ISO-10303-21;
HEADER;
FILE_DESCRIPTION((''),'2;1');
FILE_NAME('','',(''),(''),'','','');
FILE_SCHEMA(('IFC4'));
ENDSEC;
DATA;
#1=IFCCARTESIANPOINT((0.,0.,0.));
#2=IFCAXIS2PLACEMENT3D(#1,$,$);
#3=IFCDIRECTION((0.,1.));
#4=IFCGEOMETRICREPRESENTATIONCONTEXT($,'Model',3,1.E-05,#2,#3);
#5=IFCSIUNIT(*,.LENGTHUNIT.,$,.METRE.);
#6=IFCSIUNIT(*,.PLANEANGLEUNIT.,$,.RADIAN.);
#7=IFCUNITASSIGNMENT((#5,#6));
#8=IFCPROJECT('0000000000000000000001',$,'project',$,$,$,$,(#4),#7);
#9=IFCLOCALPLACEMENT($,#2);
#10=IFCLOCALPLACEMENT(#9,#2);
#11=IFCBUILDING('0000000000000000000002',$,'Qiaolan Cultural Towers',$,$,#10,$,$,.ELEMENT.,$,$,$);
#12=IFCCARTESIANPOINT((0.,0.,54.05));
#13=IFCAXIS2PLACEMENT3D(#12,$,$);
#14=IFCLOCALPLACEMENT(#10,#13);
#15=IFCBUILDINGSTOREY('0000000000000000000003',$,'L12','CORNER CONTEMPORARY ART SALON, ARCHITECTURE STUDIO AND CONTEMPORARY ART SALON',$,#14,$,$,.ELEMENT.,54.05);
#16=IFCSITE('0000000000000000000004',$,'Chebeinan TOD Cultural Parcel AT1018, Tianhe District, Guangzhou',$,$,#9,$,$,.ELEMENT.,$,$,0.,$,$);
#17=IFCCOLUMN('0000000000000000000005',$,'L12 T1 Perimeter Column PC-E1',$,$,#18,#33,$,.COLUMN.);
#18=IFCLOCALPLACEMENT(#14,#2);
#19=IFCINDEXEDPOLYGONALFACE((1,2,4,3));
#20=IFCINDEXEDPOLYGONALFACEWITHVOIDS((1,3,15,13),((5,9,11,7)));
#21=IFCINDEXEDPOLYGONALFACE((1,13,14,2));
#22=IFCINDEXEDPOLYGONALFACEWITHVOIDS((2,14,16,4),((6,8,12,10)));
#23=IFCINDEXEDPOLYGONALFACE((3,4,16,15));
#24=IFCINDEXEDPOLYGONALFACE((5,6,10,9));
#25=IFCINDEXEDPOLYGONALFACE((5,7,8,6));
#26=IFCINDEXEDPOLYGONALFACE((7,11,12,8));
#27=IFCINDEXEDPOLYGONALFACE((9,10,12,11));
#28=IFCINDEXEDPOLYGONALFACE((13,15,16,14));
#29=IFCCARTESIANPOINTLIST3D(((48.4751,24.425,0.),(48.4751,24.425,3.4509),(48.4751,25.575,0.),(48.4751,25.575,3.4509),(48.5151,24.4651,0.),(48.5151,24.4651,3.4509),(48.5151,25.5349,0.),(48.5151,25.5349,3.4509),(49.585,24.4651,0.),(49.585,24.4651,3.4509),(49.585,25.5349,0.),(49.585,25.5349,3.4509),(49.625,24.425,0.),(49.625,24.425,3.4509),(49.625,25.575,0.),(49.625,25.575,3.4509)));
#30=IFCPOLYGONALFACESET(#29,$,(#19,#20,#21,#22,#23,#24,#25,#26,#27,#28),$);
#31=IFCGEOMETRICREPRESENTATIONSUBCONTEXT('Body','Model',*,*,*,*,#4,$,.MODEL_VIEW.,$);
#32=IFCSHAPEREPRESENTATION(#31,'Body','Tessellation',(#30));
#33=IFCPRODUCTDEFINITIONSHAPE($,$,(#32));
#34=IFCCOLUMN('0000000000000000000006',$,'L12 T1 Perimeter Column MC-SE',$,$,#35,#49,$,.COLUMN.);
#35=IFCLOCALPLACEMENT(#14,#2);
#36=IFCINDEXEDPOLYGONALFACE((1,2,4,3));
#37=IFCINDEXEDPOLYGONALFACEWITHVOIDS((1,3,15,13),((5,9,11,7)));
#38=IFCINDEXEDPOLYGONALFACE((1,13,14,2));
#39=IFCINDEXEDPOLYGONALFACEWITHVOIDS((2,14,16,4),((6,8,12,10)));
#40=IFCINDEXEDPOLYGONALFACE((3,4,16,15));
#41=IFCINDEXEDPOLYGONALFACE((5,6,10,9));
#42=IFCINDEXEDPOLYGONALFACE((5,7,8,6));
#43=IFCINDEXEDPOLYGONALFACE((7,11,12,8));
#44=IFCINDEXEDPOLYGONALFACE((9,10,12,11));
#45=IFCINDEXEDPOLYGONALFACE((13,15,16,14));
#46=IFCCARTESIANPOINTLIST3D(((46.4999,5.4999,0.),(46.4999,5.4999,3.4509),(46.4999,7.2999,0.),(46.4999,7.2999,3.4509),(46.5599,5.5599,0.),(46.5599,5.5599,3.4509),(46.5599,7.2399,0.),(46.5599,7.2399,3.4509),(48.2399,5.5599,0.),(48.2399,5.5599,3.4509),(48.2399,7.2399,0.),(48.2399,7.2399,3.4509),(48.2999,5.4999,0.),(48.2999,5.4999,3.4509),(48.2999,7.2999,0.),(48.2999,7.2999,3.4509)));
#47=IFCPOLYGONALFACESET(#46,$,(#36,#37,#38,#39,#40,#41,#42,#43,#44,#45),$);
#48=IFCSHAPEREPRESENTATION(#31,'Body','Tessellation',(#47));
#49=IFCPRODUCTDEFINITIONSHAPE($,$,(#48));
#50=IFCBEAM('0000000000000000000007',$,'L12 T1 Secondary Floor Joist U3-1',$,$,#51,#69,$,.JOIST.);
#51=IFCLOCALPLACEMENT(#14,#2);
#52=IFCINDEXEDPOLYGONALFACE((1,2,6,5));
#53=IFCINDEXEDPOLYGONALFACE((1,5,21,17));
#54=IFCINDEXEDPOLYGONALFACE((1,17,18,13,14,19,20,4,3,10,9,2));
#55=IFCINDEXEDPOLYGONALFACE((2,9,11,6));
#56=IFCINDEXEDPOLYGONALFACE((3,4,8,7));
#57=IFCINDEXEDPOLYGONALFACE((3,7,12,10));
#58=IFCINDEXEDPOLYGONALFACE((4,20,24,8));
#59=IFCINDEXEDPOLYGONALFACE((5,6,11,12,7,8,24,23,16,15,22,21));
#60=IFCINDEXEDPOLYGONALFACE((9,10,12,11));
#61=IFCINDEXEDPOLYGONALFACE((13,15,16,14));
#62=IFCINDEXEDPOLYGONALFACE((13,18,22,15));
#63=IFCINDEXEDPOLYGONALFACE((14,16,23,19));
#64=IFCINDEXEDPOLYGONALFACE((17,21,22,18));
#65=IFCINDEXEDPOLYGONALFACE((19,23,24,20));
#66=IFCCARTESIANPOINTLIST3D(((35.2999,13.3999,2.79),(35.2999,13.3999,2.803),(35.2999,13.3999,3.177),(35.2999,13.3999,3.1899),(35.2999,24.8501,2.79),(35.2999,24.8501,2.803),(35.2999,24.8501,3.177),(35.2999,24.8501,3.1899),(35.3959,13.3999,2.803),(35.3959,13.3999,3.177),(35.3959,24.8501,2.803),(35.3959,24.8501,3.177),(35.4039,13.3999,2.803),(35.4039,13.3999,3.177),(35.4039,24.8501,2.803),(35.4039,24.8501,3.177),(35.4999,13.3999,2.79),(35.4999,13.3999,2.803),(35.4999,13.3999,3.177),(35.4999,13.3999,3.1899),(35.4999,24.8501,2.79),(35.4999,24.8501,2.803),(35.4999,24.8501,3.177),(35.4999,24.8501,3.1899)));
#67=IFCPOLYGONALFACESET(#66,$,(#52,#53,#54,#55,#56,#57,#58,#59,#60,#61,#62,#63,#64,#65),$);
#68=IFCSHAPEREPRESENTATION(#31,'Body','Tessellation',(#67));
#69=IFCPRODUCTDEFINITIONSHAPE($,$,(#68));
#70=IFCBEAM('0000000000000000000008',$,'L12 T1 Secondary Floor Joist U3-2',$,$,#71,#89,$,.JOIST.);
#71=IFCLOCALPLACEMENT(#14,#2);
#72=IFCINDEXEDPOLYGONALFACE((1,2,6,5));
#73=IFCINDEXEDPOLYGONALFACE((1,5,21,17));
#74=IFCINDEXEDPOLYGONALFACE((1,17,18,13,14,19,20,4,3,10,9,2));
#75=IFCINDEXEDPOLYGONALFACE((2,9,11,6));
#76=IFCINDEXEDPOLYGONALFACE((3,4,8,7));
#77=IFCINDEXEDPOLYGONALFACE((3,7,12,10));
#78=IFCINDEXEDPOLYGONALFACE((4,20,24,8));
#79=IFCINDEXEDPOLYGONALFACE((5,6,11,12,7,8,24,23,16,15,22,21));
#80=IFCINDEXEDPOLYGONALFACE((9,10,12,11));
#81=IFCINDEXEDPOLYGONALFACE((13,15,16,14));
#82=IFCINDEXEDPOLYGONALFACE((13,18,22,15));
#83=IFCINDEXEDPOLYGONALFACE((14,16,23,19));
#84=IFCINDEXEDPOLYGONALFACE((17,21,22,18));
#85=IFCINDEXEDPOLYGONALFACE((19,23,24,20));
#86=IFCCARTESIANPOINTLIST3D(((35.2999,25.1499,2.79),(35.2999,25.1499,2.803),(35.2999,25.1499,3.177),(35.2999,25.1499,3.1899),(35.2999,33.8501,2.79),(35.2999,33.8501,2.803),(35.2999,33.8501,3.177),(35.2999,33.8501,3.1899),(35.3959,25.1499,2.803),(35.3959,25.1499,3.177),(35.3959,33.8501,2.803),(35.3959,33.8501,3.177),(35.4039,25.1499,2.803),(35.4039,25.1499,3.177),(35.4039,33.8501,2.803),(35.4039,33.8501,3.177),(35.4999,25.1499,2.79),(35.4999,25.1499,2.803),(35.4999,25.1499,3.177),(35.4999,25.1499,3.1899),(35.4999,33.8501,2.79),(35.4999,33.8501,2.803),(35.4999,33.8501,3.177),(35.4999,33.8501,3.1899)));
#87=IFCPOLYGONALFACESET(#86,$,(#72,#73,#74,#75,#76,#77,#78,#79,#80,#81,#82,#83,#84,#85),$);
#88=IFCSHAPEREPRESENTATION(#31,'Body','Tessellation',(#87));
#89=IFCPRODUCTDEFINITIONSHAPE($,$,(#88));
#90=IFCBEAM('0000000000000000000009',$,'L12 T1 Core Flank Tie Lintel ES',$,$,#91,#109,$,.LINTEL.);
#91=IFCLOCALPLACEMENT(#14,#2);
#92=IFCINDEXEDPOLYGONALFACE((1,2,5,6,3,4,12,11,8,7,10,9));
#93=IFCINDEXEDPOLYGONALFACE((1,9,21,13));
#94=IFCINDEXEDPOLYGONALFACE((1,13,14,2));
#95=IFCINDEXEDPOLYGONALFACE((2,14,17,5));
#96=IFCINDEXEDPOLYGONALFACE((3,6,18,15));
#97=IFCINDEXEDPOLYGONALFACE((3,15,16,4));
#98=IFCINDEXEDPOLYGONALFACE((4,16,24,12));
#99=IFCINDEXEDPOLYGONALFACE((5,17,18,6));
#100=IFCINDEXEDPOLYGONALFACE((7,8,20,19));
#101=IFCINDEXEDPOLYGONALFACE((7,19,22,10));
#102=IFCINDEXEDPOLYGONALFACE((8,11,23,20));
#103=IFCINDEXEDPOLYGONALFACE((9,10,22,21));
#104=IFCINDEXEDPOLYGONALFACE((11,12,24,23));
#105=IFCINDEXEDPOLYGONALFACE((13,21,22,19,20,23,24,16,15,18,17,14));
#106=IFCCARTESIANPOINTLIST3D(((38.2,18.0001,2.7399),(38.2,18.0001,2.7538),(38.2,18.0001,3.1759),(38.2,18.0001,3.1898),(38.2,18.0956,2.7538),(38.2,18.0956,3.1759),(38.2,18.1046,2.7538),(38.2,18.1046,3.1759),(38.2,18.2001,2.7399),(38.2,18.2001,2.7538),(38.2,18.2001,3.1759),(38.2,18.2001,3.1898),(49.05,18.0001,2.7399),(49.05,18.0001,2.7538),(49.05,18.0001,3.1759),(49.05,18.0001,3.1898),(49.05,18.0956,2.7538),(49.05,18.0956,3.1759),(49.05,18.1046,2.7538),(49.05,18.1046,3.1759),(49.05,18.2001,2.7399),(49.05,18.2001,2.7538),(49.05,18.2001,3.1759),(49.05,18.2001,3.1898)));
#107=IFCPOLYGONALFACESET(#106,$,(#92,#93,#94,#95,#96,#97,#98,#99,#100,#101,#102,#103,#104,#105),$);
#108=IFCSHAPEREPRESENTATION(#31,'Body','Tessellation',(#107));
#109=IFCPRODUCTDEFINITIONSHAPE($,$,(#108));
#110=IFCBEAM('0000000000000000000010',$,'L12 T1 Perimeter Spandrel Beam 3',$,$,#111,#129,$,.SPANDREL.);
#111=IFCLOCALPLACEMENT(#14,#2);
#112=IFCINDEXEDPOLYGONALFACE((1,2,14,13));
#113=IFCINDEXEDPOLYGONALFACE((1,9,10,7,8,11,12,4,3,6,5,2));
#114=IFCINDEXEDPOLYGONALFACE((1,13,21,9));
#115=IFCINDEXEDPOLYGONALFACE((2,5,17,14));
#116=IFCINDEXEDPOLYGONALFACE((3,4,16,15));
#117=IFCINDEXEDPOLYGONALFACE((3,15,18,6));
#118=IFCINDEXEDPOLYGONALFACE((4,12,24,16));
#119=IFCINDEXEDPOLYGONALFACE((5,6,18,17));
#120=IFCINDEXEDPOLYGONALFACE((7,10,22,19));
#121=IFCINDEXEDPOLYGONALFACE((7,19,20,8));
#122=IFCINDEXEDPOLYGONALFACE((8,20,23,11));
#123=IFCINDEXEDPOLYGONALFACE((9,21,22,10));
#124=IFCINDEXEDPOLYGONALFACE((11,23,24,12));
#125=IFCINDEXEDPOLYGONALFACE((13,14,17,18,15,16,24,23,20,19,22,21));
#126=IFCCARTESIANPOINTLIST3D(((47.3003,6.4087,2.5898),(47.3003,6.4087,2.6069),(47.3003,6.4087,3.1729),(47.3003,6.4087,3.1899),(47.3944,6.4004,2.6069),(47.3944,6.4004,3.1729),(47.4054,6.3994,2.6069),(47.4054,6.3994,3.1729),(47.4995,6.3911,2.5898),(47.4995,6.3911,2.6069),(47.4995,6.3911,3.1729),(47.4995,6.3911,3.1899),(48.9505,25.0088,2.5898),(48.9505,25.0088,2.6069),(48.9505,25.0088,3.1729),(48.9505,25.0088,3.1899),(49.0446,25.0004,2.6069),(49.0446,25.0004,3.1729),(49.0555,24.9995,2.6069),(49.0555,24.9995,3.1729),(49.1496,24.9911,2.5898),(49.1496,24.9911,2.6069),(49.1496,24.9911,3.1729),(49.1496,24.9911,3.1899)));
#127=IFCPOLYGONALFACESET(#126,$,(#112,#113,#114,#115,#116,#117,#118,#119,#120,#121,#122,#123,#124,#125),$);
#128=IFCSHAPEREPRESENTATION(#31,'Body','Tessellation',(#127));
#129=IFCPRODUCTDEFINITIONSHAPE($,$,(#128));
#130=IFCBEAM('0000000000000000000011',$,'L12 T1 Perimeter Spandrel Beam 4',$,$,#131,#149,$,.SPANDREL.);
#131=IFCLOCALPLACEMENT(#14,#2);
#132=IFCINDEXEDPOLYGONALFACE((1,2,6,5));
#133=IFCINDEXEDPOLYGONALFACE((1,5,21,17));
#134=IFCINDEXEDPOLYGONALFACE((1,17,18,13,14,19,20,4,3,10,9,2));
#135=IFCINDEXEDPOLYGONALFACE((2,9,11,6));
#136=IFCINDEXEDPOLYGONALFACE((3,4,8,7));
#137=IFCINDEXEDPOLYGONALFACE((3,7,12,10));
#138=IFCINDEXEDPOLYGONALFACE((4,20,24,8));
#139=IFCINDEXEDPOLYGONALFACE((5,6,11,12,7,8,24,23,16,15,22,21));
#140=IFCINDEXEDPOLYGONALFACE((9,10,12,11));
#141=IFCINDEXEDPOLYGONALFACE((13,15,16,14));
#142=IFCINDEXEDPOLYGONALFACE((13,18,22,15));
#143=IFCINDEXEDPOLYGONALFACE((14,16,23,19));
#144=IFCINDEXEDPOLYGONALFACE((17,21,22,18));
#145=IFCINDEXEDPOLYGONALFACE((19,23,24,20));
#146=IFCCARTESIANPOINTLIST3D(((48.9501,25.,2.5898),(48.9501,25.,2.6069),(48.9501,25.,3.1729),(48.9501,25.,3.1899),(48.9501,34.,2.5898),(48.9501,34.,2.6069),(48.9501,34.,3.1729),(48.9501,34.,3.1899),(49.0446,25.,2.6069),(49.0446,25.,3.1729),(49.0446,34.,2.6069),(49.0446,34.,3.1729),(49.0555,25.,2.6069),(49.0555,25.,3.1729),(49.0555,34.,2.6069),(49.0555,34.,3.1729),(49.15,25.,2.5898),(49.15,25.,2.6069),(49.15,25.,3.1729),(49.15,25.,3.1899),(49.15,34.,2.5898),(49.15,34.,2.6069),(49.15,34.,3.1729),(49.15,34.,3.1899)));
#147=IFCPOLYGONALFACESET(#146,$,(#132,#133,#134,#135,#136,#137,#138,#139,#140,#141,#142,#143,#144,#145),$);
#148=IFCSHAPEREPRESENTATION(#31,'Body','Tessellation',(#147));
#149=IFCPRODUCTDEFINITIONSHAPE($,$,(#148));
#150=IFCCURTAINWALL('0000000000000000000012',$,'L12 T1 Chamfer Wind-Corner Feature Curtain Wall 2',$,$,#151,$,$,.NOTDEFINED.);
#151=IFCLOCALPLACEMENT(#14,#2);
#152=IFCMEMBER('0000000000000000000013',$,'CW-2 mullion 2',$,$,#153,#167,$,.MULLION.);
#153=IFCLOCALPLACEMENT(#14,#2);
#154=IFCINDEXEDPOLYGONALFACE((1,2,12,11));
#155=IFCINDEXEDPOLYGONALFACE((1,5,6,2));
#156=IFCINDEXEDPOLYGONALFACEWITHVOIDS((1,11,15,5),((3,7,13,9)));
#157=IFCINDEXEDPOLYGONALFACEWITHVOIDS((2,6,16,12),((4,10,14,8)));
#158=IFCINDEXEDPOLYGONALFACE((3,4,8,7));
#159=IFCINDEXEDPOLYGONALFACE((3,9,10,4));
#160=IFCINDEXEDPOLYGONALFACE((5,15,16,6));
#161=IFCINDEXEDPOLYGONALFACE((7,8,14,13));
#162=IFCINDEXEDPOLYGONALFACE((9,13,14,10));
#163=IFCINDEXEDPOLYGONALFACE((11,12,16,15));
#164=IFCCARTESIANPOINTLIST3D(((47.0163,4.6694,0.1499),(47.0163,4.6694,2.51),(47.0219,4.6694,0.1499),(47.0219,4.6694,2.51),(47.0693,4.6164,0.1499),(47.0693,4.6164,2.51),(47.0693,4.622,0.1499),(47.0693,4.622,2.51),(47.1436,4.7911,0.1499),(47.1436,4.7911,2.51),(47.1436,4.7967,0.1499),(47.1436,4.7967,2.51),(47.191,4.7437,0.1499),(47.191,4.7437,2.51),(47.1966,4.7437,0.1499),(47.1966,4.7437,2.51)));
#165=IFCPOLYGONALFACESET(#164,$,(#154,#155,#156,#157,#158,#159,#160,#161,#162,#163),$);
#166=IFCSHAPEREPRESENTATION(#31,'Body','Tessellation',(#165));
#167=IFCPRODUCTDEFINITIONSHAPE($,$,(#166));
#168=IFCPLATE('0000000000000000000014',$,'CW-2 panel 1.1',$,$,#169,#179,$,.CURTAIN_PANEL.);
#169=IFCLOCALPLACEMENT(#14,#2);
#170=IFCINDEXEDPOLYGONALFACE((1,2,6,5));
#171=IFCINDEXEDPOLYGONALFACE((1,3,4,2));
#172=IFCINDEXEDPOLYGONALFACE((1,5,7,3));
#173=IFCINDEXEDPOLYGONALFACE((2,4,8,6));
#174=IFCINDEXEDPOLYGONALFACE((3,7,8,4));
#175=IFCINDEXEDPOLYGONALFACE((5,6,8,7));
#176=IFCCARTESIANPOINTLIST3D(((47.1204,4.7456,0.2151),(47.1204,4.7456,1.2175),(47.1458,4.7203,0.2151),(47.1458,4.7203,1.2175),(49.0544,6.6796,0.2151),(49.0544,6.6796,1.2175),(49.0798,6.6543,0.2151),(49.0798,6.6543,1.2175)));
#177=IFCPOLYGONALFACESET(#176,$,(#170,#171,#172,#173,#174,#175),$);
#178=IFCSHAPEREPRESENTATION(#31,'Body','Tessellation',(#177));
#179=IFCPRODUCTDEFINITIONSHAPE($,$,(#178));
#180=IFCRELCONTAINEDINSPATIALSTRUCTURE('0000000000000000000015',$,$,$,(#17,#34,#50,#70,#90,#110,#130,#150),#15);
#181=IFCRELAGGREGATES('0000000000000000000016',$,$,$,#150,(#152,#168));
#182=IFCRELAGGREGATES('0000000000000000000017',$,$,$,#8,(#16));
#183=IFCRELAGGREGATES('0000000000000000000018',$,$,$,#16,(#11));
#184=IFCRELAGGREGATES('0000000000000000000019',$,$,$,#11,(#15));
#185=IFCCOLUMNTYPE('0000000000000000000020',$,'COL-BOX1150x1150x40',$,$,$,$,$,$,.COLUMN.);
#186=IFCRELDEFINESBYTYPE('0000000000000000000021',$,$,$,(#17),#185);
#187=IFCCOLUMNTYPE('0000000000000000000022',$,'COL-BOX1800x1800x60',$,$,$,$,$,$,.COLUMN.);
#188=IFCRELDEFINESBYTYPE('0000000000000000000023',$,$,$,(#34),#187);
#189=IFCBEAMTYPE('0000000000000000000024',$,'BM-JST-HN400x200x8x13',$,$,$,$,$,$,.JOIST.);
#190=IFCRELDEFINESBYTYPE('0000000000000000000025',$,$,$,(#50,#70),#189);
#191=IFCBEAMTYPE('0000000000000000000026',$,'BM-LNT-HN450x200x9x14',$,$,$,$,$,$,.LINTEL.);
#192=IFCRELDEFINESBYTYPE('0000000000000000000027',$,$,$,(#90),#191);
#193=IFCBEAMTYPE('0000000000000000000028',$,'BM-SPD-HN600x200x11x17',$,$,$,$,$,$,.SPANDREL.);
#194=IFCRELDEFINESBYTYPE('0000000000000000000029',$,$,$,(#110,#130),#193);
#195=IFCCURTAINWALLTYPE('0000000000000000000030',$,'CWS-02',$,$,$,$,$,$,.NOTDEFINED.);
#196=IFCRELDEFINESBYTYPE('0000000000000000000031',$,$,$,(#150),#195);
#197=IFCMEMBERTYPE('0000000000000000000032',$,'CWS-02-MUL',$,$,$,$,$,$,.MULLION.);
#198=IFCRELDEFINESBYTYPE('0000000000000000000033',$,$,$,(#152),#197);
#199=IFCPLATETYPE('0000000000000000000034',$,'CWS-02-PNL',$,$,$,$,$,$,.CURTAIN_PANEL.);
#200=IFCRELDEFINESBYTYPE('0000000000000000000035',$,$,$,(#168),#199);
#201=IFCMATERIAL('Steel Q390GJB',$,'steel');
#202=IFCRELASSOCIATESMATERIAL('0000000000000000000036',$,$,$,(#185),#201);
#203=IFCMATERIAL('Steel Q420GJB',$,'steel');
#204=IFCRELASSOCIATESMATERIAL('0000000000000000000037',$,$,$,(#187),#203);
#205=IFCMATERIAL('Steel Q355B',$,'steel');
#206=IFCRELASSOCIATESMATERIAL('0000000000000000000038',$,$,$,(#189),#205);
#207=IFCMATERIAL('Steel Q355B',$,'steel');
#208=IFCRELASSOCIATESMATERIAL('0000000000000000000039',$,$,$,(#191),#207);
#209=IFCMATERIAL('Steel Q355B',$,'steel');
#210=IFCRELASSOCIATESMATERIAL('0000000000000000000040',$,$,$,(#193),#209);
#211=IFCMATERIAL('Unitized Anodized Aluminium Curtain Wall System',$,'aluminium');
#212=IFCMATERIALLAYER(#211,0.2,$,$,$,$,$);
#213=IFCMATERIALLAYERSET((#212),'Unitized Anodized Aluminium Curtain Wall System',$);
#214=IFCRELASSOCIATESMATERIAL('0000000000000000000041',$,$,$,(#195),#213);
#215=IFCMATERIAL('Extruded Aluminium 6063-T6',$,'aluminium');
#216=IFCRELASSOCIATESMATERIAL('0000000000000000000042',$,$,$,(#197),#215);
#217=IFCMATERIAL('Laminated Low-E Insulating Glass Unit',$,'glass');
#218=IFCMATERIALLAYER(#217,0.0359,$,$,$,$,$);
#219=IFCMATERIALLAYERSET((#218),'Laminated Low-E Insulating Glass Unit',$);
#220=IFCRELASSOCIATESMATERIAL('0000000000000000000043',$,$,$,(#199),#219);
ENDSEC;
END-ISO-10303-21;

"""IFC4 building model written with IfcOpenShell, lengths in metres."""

from ifc_helpers import new_model, si_unit, direction, frame, origin, origin_2d, place, context, subcontext, project, spatial, rectangle, hollow_rectangle, i_section, extrude, material, layer, layer_set, material_profile, profile_set, type_object, element, aggregate, save


model = new_model("IFC4")

# Units and contexts
model_context = context("Model", 3, precision=1e-05, world=origin(), true_north=direction((0.0, 1.0)))
body_context = subcontext(model_context, "Body", "Model", "MODEL_VIEW")
ifc_project = project(units=[si_unit("LENGTHUNIT", "METRE"), si_unit("PLANEANGLEUNIT", "RADIAN")], contexts=[model_context])

# Site, building, storey
site_placement = place(None, origin())
site = spatial("IfcSite", under=ifc_project, at=site_placement, Name="Chebeinan TOD Cultural Parcel AT1018, Tianhe District, Guangzhou", CompositionType="ELEMENT", RefElevation=0.0)
building_placement = place(site_placement, origin())
building = spatial("IfcBuilding", under=site, at=building_placement, Name="Qiaolan Cultural Towers", CompositionType="ELEMENT")
storey_placement = place(building_placement, frame((0.0, 0.0, 54.05)))
storey = spatial("IfcBuildingStorey", under=building, at=storey_placement, Name="L12", Description="CORNER CONTEMPORARY ART SALON, ARCHITECTURE STUDIO AND CONTEMPORARY ART SALON", CompositionType="ELEMENT", Elevation=54.05)

# Columns
ifc_material_1 = material(Name="Steel Q390GJB", Category="steel")
ifc_material_profile_1 = material_profile(ifc_material_1, hollow_rectangle(XDim=1.1499, YDim=1.1499, WallThickness=0.04, at=origin_2d()), Name="BOX1150x1150x40")
ifc_profile_set_1 = profile_set([ifc_material_profile_1], Name="Steel Q390GJB")
column_type_1 = type_object("IfcColumnType", Name="COL-BOX1150x1150x40", PredefinedType="COLUMN", material=ifc_profile_set_1)
column_1_placement = place(storey_placement, frame((49.05, 25.0, 0.0), z_axis=(0.0, 0.0, 1.0), x_axis=(1.0, 0.0, 0.0)))
element("IfcColumn", 1, at=column_1_placement, inside=storey, type_object=column_type_1, Name="L12 T1 Perimeter Column PC-E1", PredefinedType="COLUMN", context=body_context, shape_type="SweptSolid", body=[
    extrude(hollow_rectangle(XDim=1.1499, YDim=1.1499, WallThickness=0.04, at=origin_2d()), origin(), (0.0, 0.0, 1.0), 3.4509),
])
ifc_material_2 = material(Name="Steel Q420GJB", Category="steel")
ifc_material_profile_2 = material_profile(ifc_material_2, hollow_rectangle(XDim=1.8, YDim=1.8, WallThickness=0.0601, at=origin_2d()), Name="BOX1800x1800x60")
ifc_profile_set_2 = profile_set([ifc_material_profile_2], Name="Steel Q420GJB")
column_type_2 = type_object("IfcColumnType", Name="COL-BOX1800x1800x60", PredefinedType="COLUMN", material=ifc_profile_set_2)
column_2_placement = place(storey_placement, frame((47.3999, 6.3999, 0.0), z_axis=(0.0, 0.0, 1.0), x_axis=(1.0, 0.0, 0.0)))
element("IfcColumn", 2, at=column_2_placement, inside=storey, type_object=column_type_2, Name="L12 T1 Perimeter Column MC-SE", PredefinedType="COLUMN", context=body_context, shape_type="SweptSolid", body=[
    extrude(hollow_rectangle(XDim=1.8, YDim=1.8, WallThickness=0.0601, at=origin_2d()), origin(), (0.0, 0.0, 1.0), 3.4509),
])

# Beams
ifc_material_3 = material(Name="Steel Q355B", Category="steel")
ifc_material_profile_3 = material_profile(ifc_material_3, i_section(OverallWidth=0.2, OverallDepth=0.3999, WebThickness=0.0081, FlangeThickness=0.0129, at=origin_2d()), Name="HN400x200x8x13")
ifc_profile_set_3 = profile_set([ifc_material_profile_3], Name="Steel Q355B")
beam_type_1 = type_object("IfcBeamType", Name="BM-JST-HN400x200x8x13", PredefinedType="JOIST", material=ifc_profile_set_3)
beam_1_placement = place(storey_placement, frame((35.3999, 13.3999, 2.99), z_axis=(0.0, 1.0, 0.0), x_axis=(-1.0, 0.0, 0.0)))
element("IfcBeam", 3, at=beam_1_placement, inside=storey, type_object=beam_type_1, Name="L12 T1 Secondary Floor Joist U3-1", PredefinedType="JOIST", context=body_context, shape_type="SweptSolid", body=[
    extrude(i_section(OverallWidth=0.2, OverallDepth=0.3999, WebThickness=0.0081, FlangeThickness=0.0129, at=origin_2d()), origin(), (0.0, 0.0, 1.0), 11.4502),
])
beam_2_placement = place(storey_placement, frame((35.3999, 25.1499, 2.99), z_axis=(0.0, 1.0, 0.0), x_axis=(-1.0, 0.0, 0.0)))
element("IfcBeam", 4, at=beam_2_placement, inside=storey, type_object=beam_type_1, Name="L12 T1 Secondary Floor Joist U3-2", PredefinedType="JOIST", context=body_context, shape_type="SweptSolid", body=[
    extrude(i_section(OverallWidth=0.2, OverallDepth=0.3999, WebThickness=0.0081, FlangeThickness=0.0129, at=origin_2d()), origin(), (0.0, 0.0, 1.0), 8.7002),
])
ifc_material_4 = material(Name="Steel Q355B", Category="steel")
ifc_material_profile_4 = material_profile(ifc_material_4, i_section(OverallWidth=0.2, OverallDepth=0.45, WebThickness=0.009, FlangeThickness=0.0139, at=origin_2d()), Name="HN450x200x9x14")
ifc_profile_set_4 = profile_set([ifc_material_profile_4], Name="Steel Q355B")
beam_type_2 = type_object("IfcBeamType", Name="BM-LNT-HN450x200x9x14", PredefinedType="LINTEL", material=ifc_profile_set_4)
beam_3_placement = place(storey_placement, frame((38.2, 18.1001, 2.9648), z_axis=(1.0, 0.0, 0.0), x_axis=(0.0, 1.0, 0.0)))
element("IfcBeam", 5, at=beam_3_placement, inside=storey, type_object=beam_type_2, Name="L12 T1 Core Flank Tie Lintel ES", PredefinedType="LINTEL", context=body_context, shape_type="SweptSolid", body=[
    extrude(i_section(OverallWidth=0.2, OverallDepth=0.45, WebThickness=0.009, FlangeThickness=0.0139, at=origin_2d()), origin(), (0.0, 0.0, 1.0), 10.8501),
])
ifc_material_5 = material(Name="Steel Q355B", Category="steel")
ifc_material_profile_5 = material_profile(ifc_material_5, i_section(OverallWidth=0.2, OverallDepth=0.6001, WebThickness=0.011, FlangeThickness=0.0171, at=origin_2d()), Name="HN600x200x11x17")
ifc_profile_set_5 = profile_set([ifc_material_profile_5], Name="Steel Q355B")
beam_type_3 = type_object("IfcBeamType", Name="BM-SPD-HN600x200x11x17", PredefinedType="SPANDREL", material=ifc_profile_set_5)
beam_4_placement = place(storey_placement, frame((47.3999, 6.3999, 2.8899), z_axis=(0.08837, 0.996088, 0.0), x_axis=(-0.996088, 0.08837, 0.0)))
element("IfcBeam", 6, at=beam_4_placement, inside=storey, type_object=beam_type_3, Name="L12 T1 Perimeter Spandrel Beam 3", PredefinedType="SPANDREL", context=body_context, shape_type="SweptSolid", body=[
    extrude(i_section(OverallWidth=0.2, OverallDepth=0.6001, WebThickness=0.011, FlangeThickness=0.0171, at=origin_2d()), origin(), (0.0, 0.0, 1.0), 18.6731),
])
beam_5_placement = place(storey_placement, frame((49.05, 25.0, 2.8899), z_axis=(0.0, 1.0, 0.0), x_axis=(-1.0, 0.0, 0.0)))
element("IfcBeam", 7, at=beam_5_placement, inside=storey, type_object=beam_type_3, Name="L12 T1 Perimeter Spandrel Beam 4", PredefinedType="SPANDREL", context=body_context, shape_type="SweptSolid", body=[
    extrude(i_section(OverallWidth=0.2, OverallDepth=0.6001, WebThickness=0.011, FlangeThickness=0.0171, at=origin_2d()), origin(), (0.0, 0.0, 1.0), 9.0),
])

# Curtain wall, member, plate
ifc_material_6 = material(Name="Unitized Anodized Aluminium Curtain Wall System", Category="aluminium")
ifc_layer_1 = layer(ifc_material_6, 0.2)
ifc_layer_set_1 = layer_set([ifc_layer_1], Name="Unitized Anodized Aluminium Curtain Wall System")
curtain_wall_type = type_object("IfcCurtainWallType", Name="CWS-02", PredefinedType="NOTDEFINED", material=ifc_layer_set_1)
curtain_wall_placement = place(storey_placement, origin())
curtain_wall = element("IfcCurtainWall", 8, at=curtain_wall_placement, inside=storey, type_object=curtain_wall_type, Name="L12 T1 Chamfer Wind-Corner Feature Curtain Wall 2", PredefinedType="NOTDEFINED")
ifc_material_7 = material(Name="Extruded Aluminium 6063-T6", Category="aluminium")
ifc_material_profile_6 = material_profile(ifc_material_7, hollow_rectangle(XDim=0.075, YDim=0.1799, WallThickness=0.0039, at=origin_2d()), Name="CWM-180x75x4")
ifc_profile_set_6 = profile_set([ifc_material_profile_6], Name="Extruded Aluminium 6063-T6")
member_type = type_object("IfcMemberType", Name="CWS-02-MUL", PredefinedType="MULLION", material=ifc_profile_set_6)
member_placement = place(storey_placement, frame((47.1064, 4.7065, 0.1499), z_axis=(0.0, 0.0, 1.0), x_axis=(0.707107, -0.707107, 0.0)))
member = element("IfcMember", 9, at=member_placement, type_object=member_type, Name="CW-2 mullion 2", PredefinedType="MULLION", context=body_context, shape_type="SweptSolid", body=[
    extrude(hollow_rectangle(XDim=0.075, YDim=0.1799, WallThickness=0.0039, at=origin_2d()), origin(), (0.0, 0.0, 1.0), 2.3601),
])
ifc_material_8 = material(Name="Laminated Low-E Insulating Glass Unit", Category="glass")
ifc_layer_2 = layer(ifc_material_8, 0.0359)
ifc_layer_set_2 = layer_set([ifc_layer_2], Name="Laminated Low-E Insulating Glass Unit")
plate_type = type_object("IfcPlateType", Name="CWS-02-PNL", PredefinedType="CURTAIN_PANEL", material=ifc_layer_set_2)
plate_1_placement = place(storey_placement, frame((48.1001, 5.7, 0.2151), z_axis=(0.0, 0.0, 1.0), x_axis=(-0.707107, -0.707107, 0.0)))
plate_1 = element("IfcPlate", 10, at=plate_1_placement, type_object=plate_type, Name="CW-2 panel 1.1", PredefinedType="CURTAIN_PANEL", context=body_context, shape_type="SweptSolid", body=[
    extrude(rectangle(XDim=2.7351, YDim=0.0359, at=origin_2d()), origin(), (0.0, 0.0, 1.0), 1.0024),
])
aggregate(curtain_wall, [member, plate_1])

save(model, "model.ifc")
